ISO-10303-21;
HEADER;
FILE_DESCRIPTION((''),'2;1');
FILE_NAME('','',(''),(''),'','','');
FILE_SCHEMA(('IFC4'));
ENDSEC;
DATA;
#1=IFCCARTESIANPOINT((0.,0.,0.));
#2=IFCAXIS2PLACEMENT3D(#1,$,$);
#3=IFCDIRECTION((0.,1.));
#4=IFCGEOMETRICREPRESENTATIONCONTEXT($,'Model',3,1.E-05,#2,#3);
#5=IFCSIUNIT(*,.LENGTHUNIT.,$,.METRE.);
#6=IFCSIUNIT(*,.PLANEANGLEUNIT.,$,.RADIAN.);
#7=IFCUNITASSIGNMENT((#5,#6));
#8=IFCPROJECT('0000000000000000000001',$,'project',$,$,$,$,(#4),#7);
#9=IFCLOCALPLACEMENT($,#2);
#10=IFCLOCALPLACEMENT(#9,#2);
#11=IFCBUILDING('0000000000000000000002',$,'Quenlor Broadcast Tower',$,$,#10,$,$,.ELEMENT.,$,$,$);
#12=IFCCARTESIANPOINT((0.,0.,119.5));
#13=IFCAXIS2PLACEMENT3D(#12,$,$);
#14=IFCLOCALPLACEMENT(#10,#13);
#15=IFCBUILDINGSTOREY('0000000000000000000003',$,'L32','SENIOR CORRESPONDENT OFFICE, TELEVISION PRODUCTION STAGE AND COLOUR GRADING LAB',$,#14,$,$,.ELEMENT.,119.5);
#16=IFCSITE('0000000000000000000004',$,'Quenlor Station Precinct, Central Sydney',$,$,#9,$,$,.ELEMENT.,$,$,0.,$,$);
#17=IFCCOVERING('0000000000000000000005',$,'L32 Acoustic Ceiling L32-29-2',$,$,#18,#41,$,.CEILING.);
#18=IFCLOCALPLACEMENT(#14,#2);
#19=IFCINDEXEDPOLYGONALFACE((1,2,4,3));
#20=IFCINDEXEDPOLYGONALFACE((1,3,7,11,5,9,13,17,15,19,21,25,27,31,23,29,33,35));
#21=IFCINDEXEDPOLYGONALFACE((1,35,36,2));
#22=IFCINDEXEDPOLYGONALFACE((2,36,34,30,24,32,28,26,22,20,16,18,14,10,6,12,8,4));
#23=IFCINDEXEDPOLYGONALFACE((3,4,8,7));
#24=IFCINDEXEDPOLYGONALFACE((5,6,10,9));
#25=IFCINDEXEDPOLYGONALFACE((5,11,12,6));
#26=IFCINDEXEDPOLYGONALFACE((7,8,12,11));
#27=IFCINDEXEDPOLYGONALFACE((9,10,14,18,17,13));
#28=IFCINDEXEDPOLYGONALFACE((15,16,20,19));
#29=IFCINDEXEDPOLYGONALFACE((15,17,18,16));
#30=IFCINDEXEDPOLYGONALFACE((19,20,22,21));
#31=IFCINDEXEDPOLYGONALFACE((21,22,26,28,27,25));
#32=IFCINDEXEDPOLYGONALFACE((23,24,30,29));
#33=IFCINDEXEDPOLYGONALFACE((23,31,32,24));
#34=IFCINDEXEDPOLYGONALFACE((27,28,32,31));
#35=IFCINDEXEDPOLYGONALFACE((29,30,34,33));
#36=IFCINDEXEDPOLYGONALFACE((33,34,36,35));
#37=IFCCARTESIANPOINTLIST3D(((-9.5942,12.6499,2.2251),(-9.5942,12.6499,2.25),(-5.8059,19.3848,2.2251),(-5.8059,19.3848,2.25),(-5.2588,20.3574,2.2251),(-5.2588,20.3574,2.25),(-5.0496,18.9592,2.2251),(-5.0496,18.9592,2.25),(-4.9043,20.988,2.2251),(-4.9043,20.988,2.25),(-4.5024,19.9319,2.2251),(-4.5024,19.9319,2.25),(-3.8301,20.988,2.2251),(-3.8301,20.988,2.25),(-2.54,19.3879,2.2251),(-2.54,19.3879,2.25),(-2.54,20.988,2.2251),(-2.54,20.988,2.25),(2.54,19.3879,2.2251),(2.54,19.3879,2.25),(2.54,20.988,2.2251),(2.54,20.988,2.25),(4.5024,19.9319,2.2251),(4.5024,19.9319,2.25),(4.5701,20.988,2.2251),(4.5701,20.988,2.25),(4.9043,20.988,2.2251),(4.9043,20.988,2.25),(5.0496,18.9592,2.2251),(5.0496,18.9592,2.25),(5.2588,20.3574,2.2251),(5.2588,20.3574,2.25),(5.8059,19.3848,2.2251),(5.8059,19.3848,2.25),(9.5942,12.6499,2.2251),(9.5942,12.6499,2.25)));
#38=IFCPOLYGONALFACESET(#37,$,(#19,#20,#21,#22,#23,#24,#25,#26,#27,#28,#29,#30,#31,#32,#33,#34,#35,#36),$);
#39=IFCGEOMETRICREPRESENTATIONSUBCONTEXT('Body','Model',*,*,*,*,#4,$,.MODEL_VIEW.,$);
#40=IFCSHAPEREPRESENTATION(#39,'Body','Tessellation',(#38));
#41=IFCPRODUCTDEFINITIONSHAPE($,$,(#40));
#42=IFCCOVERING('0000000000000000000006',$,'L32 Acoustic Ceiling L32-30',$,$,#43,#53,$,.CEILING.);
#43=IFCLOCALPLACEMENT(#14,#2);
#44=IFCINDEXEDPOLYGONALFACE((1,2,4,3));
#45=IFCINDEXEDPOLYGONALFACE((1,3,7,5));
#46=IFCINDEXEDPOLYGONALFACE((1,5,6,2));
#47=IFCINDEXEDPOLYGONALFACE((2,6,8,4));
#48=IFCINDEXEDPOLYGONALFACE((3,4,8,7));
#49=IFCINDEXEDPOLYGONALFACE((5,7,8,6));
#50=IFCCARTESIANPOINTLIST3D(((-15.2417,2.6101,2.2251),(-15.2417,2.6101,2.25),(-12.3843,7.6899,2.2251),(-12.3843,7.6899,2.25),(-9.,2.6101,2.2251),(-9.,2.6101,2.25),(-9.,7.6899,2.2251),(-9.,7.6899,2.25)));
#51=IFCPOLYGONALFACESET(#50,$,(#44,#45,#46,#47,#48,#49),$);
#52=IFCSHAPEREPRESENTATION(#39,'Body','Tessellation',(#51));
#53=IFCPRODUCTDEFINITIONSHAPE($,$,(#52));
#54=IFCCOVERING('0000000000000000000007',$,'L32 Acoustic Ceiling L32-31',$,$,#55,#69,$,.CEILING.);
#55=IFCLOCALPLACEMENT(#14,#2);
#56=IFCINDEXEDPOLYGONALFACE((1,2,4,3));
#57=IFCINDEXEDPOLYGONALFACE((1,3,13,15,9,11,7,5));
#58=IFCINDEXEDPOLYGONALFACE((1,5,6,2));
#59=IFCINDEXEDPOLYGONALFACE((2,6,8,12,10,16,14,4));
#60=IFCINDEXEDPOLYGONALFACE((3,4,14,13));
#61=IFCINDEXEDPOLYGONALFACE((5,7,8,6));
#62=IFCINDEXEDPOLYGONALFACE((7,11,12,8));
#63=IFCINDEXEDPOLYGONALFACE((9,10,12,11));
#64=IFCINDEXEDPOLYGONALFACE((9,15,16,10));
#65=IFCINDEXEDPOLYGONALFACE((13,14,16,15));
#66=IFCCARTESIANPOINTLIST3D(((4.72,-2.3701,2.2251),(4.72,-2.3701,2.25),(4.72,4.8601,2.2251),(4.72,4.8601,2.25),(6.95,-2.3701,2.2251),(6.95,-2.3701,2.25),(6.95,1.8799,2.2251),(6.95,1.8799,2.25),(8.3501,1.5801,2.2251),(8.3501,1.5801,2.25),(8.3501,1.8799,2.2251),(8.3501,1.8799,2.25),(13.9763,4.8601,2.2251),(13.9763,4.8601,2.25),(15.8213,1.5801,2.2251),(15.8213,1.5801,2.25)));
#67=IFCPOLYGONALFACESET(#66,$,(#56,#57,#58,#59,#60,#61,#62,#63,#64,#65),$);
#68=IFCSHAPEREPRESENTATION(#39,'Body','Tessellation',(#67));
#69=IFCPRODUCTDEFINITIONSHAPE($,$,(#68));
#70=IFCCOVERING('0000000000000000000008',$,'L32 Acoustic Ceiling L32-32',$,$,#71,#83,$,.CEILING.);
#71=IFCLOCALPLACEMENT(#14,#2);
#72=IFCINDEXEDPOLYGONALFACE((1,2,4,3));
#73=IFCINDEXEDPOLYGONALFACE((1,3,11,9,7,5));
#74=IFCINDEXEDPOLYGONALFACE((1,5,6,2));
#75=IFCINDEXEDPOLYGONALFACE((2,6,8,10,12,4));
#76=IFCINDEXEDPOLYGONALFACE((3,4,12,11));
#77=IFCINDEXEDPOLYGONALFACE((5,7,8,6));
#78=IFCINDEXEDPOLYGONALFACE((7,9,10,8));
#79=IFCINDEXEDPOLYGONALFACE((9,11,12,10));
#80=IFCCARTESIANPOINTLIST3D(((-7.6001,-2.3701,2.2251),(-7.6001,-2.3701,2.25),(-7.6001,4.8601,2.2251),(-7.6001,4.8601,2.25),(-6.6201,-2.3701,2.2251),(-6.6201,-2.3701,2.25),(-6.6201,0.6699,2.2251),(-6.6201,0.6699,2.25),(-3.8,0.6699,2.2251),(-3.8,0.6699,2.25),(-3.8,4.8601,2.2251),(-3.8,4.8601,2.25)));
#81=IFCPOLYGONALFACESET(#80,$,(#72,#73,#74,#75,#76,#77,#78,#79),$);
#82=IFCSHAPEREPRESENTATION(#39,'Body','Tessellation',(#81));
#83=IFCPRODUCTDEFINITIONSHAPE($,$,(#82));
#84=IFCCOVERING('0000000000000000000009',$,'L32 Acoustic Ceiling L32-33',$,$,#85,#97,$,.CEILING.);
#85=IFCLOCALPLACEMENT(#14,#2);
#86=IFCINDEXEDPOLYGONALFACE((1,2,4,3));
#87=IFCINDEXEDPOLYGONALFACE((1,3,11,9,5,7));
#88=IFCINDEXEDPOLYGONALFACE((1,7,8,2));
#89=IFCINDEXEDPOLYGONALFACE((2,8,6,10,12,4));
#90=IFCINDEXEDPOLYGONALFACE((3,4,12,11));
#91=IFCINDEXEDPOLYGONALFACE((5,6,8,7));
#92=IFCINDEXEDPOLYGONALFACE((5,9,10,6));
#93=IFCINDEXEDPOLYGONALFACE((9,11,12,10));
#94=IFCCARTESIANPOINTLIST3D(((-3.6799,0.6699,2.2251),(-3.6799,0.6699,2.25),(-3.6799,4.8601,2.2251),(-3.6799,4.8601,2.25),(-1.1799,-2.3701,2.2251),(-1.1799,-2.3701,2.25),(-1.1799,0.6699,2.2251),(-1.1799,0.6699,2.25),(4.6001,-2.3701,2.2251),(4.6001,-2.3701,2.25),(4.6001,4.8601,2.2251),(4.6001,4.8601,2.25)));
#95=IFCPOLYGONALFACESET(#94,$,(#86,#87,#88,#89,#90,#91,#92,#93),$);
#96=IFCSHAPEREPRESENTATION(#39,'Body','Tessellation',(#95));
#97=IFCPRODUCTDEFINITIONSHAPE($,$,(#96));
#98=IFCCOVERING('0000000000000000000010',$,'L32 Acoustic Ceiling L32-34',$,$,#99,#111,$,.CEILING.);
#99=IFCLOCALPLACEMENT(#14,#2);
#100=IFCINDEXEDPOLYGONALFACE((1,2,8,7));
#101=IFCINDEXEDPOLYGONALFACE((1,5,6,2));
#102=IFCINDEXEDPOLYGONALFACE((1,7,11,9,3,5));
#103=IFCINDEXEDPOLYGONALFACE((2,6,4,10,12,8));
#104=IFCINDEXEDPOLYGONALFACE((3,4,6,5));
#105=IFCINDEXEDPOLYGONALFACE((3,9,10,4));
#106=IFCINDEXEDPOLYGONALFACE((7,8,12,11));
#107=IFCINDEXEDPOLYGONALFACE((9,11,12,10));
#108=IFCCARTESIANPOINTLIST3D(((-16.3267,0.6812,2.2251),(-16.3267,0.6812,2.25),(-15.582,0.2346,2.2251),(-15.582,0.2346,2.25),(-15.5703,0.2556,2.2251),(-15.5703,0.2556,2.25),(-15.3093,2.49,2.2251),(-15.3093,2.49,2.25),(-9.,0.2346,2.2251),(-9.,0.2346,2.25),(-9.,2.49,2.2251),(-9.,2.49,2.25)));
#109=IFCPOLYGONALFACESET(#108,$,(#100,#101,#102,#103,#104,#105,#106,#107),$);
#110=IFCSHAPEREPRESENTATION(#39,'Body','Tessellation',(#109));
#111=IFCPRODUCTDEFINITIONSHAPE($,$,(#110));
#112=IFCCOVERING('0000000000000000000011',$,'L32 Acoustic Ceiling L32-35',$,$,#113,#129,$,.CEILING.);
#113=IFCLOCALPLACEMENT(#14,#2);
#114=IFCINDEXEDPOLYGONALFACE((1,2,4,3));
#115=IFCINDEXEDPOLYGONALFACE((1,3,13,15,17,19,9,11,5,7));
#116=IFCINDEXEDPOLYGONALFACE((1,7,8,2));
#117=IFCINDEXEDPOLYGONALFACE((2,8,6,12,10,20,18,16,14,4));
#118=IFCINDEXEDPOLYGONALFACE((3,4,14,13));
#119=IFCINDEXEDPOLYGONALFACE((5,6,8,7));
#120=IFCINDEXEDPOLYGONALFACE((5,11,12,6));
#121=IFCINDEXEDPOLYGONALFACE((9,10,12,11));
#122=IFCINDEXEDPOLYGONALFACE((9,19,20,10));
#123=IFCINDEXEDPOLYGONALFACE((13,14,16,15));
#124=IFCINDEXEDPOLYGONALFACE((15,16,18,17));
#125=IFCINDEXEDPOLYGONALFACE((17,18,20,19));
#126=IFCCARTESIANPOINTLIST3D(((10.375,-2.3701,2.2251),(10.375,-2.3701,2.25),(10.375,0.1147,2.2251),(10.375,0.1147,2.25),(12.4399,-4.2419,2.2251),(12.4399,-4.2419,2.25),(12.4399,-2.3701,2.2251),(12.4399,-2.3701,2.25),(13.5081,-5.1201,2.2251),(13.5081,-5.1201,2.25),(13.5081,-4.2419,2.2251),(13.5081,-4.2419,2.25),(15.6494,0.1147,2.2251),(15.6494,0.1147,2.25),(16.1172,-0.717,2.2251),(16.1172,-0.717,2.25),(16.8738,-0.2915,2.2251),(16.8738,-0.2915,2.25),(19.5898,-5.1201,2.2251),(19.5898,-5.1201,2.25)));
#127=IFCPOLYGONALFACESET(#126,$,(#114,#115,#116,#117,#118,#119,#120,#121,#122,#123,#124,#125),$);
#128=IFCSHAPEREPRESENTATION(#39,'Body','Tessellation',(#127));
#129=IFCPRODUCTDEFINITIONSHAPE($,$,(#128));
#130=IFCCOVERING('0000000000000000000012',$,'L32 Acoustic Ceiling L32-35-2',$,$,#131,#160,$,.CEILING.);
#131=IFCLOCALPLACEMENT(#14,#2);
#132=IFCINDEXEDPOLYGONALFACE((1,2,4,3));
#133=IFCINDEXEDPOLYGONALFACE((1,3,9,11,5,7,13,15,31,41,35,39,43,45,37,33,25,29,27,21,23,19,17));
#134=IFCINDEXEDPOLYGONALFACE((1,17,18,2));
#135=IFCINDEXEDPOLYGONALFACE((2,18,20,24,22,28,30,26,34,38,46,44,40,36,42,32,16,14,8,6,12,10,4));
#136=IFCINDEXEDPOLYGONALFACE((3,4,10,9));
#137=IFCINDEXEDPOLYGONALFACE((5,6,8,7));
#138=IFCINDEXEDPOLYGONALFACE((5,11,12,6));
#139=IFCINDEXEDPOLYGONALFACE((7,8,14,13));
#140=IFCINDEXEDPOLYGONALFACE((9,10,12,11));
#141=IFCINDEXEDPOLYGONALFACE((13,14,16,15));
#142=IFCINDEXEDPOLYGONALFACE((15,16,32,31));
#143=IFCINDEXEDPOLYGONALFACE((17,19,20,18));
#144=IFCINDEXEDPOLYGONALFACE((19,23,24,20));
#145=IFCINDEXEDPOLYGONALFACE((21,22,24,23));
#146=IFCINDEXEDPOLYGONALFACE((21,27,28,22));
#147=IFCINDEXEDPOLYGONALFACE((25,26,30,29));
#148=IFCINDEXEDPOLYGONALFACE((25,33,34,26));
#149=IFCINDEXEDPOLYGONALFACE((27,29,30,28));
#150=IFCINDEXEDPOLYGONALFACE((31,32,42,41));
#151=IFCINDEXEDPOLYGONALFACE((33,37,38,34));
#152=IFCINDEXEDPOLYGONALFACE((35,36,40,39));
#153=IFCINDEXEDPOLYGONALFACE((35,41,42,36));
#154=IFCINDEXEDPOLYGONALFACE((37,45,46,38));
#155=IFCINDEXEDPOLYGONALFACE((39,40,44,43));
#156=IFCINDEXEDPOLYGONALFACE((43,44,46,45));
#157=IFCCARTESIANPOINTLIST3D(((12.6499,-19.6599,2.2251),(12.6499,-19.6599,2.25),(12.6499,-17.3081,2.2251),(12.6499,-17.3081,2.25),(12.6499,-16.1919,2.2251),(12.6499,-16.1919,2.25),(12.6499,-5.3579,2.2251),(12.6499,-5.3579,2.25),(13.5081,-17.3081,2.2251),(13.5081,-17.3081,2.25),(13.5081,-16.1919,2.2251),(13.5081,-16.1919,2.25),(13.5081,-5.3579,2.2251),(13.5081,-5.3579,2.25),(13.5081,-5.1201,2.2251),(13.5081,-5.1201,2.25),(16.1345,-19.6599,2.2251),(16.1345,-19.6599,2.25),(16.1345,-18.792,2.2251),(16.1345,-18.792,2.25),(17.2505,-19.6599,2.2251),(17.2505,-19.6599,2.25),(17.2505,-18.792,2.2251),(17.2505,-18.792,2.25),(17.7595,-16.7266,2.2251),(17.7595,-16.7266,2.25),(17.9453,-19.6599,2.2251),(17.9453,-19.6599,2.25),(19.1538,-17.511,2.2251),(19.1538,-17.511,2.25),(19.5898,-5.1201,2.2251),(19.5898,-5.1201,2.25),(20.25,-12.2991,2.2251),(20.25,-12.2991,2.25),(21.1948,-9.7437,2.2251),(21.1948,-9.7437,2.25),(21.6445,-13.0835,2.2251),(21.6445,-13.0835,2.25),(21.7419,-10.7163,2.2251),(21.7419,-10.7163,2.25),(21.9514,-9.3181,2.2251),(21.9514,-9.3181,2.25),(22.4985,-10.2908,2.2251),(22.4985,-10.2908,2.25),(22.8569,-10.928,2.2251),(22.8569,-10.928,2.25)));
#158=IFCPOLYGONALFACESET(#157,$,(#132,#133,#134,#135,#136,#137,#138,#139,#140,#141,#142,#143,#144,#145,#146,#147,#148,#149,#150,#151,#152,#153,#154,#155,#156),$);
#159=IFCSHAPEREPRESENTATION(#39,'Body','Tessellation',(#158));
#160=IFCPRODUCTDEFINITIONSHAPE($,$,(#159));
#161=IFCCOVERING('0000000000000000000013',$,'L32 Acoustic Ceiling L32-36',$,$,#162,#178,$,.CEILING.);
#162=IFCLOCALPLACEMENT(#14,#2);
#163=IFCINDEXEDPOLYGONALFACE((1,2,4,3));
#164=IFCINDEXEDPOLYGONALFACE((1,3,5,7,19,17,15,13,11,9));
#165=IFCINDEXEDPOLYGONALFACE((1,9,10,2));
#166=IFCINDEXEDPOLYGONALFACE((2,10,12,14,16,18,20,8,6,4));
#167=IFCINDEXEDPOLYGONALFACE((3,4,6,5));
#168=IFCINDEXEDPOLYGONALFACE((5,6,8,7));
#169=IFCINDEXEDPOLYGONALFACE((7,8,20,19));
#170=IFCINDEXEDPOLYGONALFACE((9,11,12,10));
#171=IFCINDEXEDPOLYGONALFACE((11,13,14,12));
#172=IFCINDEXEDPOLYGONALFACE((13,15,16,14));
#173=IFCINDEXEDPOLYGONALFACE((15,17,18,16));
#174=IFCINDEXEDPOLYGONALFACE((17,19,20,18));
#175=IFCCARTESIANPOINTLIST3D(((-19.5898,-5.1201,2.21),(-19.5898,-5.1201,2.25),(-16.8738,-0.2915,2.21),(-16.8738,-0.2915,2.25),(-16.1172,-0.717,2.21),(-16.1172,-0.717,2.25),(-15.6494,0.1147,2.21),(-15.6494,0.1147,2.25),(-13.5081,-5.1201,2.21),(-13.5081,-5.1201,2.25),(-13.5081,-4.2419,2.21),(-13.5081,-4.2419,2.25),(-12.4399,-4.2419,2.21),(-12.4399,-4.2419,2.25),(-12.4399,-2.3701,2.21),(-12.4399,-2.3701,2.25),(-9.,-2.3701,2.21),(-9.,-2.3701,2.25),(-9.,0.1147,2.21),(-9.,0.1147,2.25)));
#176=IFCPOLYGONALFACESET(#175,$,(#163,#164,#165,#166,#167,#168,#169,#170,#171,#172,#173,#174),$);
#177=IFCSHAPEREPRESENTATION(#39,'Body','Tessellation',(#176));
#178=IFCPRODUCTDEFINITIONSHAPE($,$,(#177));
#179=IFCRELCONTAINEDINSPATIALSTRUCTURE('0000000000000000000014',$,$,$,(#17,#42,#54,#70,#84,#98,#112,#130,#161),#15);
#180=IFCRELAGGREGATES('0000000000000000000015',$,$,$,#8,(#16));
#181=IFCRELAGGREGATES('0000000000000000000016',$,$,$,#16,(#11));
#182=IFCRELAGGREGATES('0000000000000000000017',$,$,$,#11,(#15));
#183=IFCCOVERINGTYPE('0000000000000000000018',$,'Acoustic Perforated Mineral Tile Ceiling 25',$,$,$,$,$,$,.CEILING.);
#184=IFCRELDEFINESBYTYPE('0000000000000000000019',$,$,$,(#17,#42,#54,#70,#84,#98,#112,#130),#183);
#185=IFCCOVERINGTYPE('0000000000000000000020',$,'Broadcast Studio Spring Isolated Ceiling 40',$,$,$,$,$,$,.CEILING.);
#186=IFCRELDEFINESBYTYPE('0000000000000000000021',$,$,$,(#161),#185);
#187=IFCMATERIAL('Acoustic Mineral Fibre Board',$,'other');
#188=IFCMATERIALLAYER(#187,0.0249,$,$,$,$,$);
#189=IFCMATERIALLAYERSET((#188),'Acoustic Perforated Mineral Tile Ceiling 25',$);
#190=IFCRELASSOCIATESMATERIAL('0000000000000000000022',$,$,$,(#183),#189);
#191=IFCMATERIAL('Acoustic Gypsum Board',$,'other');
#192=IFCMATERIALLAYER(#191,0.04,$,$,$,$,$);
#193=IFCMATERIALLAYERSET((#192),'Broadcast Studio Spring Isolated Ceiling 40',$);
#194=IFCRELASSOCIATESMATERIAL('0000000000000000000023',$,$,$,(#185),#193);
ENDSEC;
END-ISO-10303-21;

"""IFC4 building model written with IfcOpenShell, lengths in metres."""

from ifc_helpers import new_model, si_unit, direction, frame, origin, place, context, subcontext, project, spatial, polyline, outline, extrude, material, layer, layer_set, type_object, element, save


model = new_model("IFC4")

# Units and contexts
model_context = context("Model", 3, precision=1e-05, world=origin(), true_north=direction((0.0, 1.0)))
body_context = subcontext(model_context, "Body", "Model", "MODEL_VIEW")
ifc_project = project(units=[si_unit("LENGTHUNIT", "METRE"), si_unit("PLANEANGLEUNIT", "RADIAN")], contexts=[model_context])

# Site, building, storey
site_placement = place(None, origin())
site = spatial("IfcSite", under=ifc_project, at=site_placement, Name="Quenlor Station Precinct, Central Sydney", CompositionType="ELEMENT", RefElevation=0.0)
building_placement = place(site_placement, origin())
building = spatial("IfcBuilding", under=site, at=building_placement, Name="Quenlor Broadcast Tower", CompositionType="ELEMENT")
storey_placement = place(building_placement, frame((0.0, 0.0, 119.5)))
storey = spatial("IfcBuildingStorey", under=building, at=storey_placement, Name="L32", Description="SENIOR CORRESPONDENT OFFICE, TELEVISION PRODUCTION STAGE AND COLOUR GRADING LAB", CompositionType="ELEMENT", Elevation=119.5)

# Coverings
ifc_material_1 = material(Name="Acoustic Mineral Fibre Board", Category="other")
ifc_layer_1 = layer(ifc_material_1, 0.0249)
ifc_layer_set_1 = layer_set([ifc_layer_1], Name="Acoustic Perforated Mineral Tile Ceiling 25")
covering_type_1 = type_object("IfcCoveringType", Name="Acoustic Perforated Mineral Tile Ceiling 25", PredefinedType="CEILING", material=ifc_layer_set_1)
covering_1_placement = place(storey_placement, frame((0.0, 0.0, 2.2251)))
element("IfcCovering", 1, at=covering_1_placement, inside=storey, type_object=covering_type_1, Name="L32 Acoustic Ceiling L32-29-2", PredefinedType="CEILING", context=body_context, shape_type="SweptSolid", body=[
    extrude(outline(polyline([(-5.8059, 19.3848), (-5.0496, 18.9592), (-4.5024, 19.9319), (-5.2588, 20.3574), (-4.9043, 20.988), (-3.8301, 20.988), (-2.54, 20.988), (-2.54, 19.3879), (2.54, 19.3879), (2.54, 20.988), (4.5701, 20.988), (4.9043, 20.988), (5.2588, 20.3574), (4.5024, 19.9319), (5.0496, 18.9592), (5.8059, 19.3848), (9.5942, 12.6499), (-9.5942, 12.6499), (-5.8059, 19.3848)])), origin(), (0.0, 0.0, 1.0), 0.0249),
])
covering_2_placement = place(storey_placement, frame((0.0, 0.0, 2.2251)))
element("IfcCovering", 2, at=covering_2_placement, inside=storey, type_object=covering_type_1, Name="L32 Acoustic Ceiling L32-30", PredefinedType="CEILING", context=body_context, shape_type="SweptSolid", body=[
    extrude(outline(polyline([(-15.2417, 2.6101), (-12.3843, 7.6899), (-9.0, 7.6899), (-9.0, 2.6101), (-15.2417, 2.6101)])), origin(), (0.0, 0.0, 1.0), 0.0249),
])
covering_3_placement = place(storey_placement, frame((0.0, 0.0, 2.2251)))
element("IfcCovering", 3, at=covering_3_placement, inside=storey, type_object=covering_type_1, Name="L32 Acoustic Ceiling L32-31", PredefinedType="CEILING", context=body_context, shape_type="SweptSolid", body=[
    extrude(outline(polyline([(6.95, 1.8799), (6.95, -2.3701), (4.72, -2.3701), (4.72, 4.8601), (13.9763, 4.8601), (15.8213, 1.5801), (8.3501, 1.5801), (8.3501, 1.8799), (6.95, 1.8799)])), origin(), (0.0, 0.0, 1.0), 0.0249),
])
covering_4_placement = place(storey_placement, frame((0.0, 0.0, 2.2251)))
element("IfcCovering", 4, at=covering_4_placement, inside=storey, type_object=covering_type_1, Name="L32 Acoustic Ceiling L32-32", PredefinedType="CEILING", context=body_context, shape_type="SweptSolid", body=[
    extrude(outline(polyline([(-7.6001, 4.8601), (-3.8, 4.8601), (-3.8, 0.6699), (-6.6201, 0.6699), (-6.6201, -2.3701), (-7.6001, -2.3701), (-7.6001, 4.8601)])), origin(), (0.0, 0.0, 1.0), 0.0249),
])
covering_5_placement = place(storey_placement, frame((0.0, 0.0, 2.2251)))
element("IfcCovering", 5, at=covering_5_placement, inside=storey, type_object=covering_type_1, Name="L32 Acoustic Ceiling L32-33", PredefinedType="CEILING", context=body_context, shape_type="SweptSolid", body=[
    extrude(outline(polyline([(-3.6799, 4.8601), (4.6001, 4.8601), (4.6001, -2.3701), (-1.1799, -2.3701), (-1.1799, 0.6699), (-3.6799, 0.6699), (-3.6799, 4.8601)])), origin(), (0.0, 0.0, 1.0), 0.0249),
])
covering_6_placement = place(storey_placement, frame((0.0, 0.0, 2.2251)))
element("IfcCovering", 6, at=covering_6_placement, inside=storey, type_object=covering_type_1, Name="L32 Acoustic Ceiling L32-34", PredefinedType="CEILING", context=body_context, shape_type="SweptSolid", body=[
    extrude(outline(polyline([(-15.582, 0.2346), (-15.5703, 0.2556), (-16.3267, 0.6812), (-15.3093, 2.49), (-9.0, 2.49), (-9.0, 0.2346), (-15.582, 0.2346)])), origin(), (0.0, 0.0, 1.0), 0.0249),
])
covering_7_placement = place(storey_placement, frame((0.0, 0.0, 2.2251)))
element("IfcCovering", 7, at=covering_7_placement, inside=storey, type_object=covering_type_1, Name="L32 Acoustic Ceiling L32-35", PredefinedType="CEILING", context=body_context, shape_type="SweptSolid", body=[
    extrude(outline(polyline([(13.5081, -4.2419), (12.4399, -4.2419), (12.4399, -2.3701), (10.375, -2.3701), (10.375, 0.1147), (15.6494, 0.1147), (16.1172, -0.717), (16.8738, -0.2915), (19.5898, -5.1201), (13.5081, -5.1201), (13.5081, -4.2419)])), origin(), (0.0, 0.0, 1.0), 0.0249),
])
covering_8_placement = place(storey_placement, frame((0.0, 0.0, 2.2251)))
element("IfcCovering", 8, at=covering_8_placement, inside=storey, type_object=covering_type_1, Name="L32 Acoustic Ceiling L32-35-2", PredefinedType="CEILING", context=body_context, shape_type="SweptSolid", body=[
    extrude(outline(polyline([(13.5081, -5.1201), (19.5898, -5.1201), (21.9514, -9.3181), (21.1948, -9.7437), (21.7419, -10.7163), (22.4985, -10.2908), (22.8569, -10.928), (21.6445, -13.0835), (20.25, -12.2991), (17.7595, -16.7266), (19.1538, -17.511), (17.9453, -19.6599), (17.2505, -19.6599), (17.2505, -18.792), (16.1345, -18.792), (16.1345, -19.6599), (12.6499, -19.6599), (12.6499, -17.3081), (13.5081, -17.3081), (13.5081, -16.1919), (12.6499, -16.1919), (12.6499, -5.3579), (13.5081, -5.3579), (13.5081, -5.1201)])), origin(), (0.0, 0.0, 1.0), 0.0249),
])
ifc_material_2 = material(Name="Acoustic Gypsum Board", Category="other")
ifc_layer_2 = layer(ifc_material_2, 0.04)
ifc_layer_set_2 = layer_set([ifc_layer_2], Name="Broadcast Studio Spring Isolated Ceiling 40")
covering_type_2 = type_object("IfcCoveringType", Name="Broadcast Studio Spring Isolated Ceiling 40", PredefinedType="CEILING", material=ifc_layer_set_2)
covering_9_placement = place(storey_placement, frame((0.0, 0.0, 2.21)))
element("IfcCovering", 9, at=covering_9_placement, inside=storey, type_object=covering_type_2, Name="L32 Acoustic Ceiling L32-36", PredefinedType="CEILING", context=body_context, shape_type="SweptSolid", body=[
    extrude(outline(polyline([(-16.8738, -0.2915), (-16.1172, -0.717), (-15.6494, 0.1147), (-9.0, 0.1147), (-9.0, -2.3701), (-12.4399, -2.3701), (-12.4399, -4.2419), (-13.5081, -4.2419), (-13.5081, -5.1201), (-19.5898, -5.1201), (-16.8738, -0.2915)])), origin(), (0.0, 0.0, 1.0), 0.04),
])

save(model, "model.ifc")
